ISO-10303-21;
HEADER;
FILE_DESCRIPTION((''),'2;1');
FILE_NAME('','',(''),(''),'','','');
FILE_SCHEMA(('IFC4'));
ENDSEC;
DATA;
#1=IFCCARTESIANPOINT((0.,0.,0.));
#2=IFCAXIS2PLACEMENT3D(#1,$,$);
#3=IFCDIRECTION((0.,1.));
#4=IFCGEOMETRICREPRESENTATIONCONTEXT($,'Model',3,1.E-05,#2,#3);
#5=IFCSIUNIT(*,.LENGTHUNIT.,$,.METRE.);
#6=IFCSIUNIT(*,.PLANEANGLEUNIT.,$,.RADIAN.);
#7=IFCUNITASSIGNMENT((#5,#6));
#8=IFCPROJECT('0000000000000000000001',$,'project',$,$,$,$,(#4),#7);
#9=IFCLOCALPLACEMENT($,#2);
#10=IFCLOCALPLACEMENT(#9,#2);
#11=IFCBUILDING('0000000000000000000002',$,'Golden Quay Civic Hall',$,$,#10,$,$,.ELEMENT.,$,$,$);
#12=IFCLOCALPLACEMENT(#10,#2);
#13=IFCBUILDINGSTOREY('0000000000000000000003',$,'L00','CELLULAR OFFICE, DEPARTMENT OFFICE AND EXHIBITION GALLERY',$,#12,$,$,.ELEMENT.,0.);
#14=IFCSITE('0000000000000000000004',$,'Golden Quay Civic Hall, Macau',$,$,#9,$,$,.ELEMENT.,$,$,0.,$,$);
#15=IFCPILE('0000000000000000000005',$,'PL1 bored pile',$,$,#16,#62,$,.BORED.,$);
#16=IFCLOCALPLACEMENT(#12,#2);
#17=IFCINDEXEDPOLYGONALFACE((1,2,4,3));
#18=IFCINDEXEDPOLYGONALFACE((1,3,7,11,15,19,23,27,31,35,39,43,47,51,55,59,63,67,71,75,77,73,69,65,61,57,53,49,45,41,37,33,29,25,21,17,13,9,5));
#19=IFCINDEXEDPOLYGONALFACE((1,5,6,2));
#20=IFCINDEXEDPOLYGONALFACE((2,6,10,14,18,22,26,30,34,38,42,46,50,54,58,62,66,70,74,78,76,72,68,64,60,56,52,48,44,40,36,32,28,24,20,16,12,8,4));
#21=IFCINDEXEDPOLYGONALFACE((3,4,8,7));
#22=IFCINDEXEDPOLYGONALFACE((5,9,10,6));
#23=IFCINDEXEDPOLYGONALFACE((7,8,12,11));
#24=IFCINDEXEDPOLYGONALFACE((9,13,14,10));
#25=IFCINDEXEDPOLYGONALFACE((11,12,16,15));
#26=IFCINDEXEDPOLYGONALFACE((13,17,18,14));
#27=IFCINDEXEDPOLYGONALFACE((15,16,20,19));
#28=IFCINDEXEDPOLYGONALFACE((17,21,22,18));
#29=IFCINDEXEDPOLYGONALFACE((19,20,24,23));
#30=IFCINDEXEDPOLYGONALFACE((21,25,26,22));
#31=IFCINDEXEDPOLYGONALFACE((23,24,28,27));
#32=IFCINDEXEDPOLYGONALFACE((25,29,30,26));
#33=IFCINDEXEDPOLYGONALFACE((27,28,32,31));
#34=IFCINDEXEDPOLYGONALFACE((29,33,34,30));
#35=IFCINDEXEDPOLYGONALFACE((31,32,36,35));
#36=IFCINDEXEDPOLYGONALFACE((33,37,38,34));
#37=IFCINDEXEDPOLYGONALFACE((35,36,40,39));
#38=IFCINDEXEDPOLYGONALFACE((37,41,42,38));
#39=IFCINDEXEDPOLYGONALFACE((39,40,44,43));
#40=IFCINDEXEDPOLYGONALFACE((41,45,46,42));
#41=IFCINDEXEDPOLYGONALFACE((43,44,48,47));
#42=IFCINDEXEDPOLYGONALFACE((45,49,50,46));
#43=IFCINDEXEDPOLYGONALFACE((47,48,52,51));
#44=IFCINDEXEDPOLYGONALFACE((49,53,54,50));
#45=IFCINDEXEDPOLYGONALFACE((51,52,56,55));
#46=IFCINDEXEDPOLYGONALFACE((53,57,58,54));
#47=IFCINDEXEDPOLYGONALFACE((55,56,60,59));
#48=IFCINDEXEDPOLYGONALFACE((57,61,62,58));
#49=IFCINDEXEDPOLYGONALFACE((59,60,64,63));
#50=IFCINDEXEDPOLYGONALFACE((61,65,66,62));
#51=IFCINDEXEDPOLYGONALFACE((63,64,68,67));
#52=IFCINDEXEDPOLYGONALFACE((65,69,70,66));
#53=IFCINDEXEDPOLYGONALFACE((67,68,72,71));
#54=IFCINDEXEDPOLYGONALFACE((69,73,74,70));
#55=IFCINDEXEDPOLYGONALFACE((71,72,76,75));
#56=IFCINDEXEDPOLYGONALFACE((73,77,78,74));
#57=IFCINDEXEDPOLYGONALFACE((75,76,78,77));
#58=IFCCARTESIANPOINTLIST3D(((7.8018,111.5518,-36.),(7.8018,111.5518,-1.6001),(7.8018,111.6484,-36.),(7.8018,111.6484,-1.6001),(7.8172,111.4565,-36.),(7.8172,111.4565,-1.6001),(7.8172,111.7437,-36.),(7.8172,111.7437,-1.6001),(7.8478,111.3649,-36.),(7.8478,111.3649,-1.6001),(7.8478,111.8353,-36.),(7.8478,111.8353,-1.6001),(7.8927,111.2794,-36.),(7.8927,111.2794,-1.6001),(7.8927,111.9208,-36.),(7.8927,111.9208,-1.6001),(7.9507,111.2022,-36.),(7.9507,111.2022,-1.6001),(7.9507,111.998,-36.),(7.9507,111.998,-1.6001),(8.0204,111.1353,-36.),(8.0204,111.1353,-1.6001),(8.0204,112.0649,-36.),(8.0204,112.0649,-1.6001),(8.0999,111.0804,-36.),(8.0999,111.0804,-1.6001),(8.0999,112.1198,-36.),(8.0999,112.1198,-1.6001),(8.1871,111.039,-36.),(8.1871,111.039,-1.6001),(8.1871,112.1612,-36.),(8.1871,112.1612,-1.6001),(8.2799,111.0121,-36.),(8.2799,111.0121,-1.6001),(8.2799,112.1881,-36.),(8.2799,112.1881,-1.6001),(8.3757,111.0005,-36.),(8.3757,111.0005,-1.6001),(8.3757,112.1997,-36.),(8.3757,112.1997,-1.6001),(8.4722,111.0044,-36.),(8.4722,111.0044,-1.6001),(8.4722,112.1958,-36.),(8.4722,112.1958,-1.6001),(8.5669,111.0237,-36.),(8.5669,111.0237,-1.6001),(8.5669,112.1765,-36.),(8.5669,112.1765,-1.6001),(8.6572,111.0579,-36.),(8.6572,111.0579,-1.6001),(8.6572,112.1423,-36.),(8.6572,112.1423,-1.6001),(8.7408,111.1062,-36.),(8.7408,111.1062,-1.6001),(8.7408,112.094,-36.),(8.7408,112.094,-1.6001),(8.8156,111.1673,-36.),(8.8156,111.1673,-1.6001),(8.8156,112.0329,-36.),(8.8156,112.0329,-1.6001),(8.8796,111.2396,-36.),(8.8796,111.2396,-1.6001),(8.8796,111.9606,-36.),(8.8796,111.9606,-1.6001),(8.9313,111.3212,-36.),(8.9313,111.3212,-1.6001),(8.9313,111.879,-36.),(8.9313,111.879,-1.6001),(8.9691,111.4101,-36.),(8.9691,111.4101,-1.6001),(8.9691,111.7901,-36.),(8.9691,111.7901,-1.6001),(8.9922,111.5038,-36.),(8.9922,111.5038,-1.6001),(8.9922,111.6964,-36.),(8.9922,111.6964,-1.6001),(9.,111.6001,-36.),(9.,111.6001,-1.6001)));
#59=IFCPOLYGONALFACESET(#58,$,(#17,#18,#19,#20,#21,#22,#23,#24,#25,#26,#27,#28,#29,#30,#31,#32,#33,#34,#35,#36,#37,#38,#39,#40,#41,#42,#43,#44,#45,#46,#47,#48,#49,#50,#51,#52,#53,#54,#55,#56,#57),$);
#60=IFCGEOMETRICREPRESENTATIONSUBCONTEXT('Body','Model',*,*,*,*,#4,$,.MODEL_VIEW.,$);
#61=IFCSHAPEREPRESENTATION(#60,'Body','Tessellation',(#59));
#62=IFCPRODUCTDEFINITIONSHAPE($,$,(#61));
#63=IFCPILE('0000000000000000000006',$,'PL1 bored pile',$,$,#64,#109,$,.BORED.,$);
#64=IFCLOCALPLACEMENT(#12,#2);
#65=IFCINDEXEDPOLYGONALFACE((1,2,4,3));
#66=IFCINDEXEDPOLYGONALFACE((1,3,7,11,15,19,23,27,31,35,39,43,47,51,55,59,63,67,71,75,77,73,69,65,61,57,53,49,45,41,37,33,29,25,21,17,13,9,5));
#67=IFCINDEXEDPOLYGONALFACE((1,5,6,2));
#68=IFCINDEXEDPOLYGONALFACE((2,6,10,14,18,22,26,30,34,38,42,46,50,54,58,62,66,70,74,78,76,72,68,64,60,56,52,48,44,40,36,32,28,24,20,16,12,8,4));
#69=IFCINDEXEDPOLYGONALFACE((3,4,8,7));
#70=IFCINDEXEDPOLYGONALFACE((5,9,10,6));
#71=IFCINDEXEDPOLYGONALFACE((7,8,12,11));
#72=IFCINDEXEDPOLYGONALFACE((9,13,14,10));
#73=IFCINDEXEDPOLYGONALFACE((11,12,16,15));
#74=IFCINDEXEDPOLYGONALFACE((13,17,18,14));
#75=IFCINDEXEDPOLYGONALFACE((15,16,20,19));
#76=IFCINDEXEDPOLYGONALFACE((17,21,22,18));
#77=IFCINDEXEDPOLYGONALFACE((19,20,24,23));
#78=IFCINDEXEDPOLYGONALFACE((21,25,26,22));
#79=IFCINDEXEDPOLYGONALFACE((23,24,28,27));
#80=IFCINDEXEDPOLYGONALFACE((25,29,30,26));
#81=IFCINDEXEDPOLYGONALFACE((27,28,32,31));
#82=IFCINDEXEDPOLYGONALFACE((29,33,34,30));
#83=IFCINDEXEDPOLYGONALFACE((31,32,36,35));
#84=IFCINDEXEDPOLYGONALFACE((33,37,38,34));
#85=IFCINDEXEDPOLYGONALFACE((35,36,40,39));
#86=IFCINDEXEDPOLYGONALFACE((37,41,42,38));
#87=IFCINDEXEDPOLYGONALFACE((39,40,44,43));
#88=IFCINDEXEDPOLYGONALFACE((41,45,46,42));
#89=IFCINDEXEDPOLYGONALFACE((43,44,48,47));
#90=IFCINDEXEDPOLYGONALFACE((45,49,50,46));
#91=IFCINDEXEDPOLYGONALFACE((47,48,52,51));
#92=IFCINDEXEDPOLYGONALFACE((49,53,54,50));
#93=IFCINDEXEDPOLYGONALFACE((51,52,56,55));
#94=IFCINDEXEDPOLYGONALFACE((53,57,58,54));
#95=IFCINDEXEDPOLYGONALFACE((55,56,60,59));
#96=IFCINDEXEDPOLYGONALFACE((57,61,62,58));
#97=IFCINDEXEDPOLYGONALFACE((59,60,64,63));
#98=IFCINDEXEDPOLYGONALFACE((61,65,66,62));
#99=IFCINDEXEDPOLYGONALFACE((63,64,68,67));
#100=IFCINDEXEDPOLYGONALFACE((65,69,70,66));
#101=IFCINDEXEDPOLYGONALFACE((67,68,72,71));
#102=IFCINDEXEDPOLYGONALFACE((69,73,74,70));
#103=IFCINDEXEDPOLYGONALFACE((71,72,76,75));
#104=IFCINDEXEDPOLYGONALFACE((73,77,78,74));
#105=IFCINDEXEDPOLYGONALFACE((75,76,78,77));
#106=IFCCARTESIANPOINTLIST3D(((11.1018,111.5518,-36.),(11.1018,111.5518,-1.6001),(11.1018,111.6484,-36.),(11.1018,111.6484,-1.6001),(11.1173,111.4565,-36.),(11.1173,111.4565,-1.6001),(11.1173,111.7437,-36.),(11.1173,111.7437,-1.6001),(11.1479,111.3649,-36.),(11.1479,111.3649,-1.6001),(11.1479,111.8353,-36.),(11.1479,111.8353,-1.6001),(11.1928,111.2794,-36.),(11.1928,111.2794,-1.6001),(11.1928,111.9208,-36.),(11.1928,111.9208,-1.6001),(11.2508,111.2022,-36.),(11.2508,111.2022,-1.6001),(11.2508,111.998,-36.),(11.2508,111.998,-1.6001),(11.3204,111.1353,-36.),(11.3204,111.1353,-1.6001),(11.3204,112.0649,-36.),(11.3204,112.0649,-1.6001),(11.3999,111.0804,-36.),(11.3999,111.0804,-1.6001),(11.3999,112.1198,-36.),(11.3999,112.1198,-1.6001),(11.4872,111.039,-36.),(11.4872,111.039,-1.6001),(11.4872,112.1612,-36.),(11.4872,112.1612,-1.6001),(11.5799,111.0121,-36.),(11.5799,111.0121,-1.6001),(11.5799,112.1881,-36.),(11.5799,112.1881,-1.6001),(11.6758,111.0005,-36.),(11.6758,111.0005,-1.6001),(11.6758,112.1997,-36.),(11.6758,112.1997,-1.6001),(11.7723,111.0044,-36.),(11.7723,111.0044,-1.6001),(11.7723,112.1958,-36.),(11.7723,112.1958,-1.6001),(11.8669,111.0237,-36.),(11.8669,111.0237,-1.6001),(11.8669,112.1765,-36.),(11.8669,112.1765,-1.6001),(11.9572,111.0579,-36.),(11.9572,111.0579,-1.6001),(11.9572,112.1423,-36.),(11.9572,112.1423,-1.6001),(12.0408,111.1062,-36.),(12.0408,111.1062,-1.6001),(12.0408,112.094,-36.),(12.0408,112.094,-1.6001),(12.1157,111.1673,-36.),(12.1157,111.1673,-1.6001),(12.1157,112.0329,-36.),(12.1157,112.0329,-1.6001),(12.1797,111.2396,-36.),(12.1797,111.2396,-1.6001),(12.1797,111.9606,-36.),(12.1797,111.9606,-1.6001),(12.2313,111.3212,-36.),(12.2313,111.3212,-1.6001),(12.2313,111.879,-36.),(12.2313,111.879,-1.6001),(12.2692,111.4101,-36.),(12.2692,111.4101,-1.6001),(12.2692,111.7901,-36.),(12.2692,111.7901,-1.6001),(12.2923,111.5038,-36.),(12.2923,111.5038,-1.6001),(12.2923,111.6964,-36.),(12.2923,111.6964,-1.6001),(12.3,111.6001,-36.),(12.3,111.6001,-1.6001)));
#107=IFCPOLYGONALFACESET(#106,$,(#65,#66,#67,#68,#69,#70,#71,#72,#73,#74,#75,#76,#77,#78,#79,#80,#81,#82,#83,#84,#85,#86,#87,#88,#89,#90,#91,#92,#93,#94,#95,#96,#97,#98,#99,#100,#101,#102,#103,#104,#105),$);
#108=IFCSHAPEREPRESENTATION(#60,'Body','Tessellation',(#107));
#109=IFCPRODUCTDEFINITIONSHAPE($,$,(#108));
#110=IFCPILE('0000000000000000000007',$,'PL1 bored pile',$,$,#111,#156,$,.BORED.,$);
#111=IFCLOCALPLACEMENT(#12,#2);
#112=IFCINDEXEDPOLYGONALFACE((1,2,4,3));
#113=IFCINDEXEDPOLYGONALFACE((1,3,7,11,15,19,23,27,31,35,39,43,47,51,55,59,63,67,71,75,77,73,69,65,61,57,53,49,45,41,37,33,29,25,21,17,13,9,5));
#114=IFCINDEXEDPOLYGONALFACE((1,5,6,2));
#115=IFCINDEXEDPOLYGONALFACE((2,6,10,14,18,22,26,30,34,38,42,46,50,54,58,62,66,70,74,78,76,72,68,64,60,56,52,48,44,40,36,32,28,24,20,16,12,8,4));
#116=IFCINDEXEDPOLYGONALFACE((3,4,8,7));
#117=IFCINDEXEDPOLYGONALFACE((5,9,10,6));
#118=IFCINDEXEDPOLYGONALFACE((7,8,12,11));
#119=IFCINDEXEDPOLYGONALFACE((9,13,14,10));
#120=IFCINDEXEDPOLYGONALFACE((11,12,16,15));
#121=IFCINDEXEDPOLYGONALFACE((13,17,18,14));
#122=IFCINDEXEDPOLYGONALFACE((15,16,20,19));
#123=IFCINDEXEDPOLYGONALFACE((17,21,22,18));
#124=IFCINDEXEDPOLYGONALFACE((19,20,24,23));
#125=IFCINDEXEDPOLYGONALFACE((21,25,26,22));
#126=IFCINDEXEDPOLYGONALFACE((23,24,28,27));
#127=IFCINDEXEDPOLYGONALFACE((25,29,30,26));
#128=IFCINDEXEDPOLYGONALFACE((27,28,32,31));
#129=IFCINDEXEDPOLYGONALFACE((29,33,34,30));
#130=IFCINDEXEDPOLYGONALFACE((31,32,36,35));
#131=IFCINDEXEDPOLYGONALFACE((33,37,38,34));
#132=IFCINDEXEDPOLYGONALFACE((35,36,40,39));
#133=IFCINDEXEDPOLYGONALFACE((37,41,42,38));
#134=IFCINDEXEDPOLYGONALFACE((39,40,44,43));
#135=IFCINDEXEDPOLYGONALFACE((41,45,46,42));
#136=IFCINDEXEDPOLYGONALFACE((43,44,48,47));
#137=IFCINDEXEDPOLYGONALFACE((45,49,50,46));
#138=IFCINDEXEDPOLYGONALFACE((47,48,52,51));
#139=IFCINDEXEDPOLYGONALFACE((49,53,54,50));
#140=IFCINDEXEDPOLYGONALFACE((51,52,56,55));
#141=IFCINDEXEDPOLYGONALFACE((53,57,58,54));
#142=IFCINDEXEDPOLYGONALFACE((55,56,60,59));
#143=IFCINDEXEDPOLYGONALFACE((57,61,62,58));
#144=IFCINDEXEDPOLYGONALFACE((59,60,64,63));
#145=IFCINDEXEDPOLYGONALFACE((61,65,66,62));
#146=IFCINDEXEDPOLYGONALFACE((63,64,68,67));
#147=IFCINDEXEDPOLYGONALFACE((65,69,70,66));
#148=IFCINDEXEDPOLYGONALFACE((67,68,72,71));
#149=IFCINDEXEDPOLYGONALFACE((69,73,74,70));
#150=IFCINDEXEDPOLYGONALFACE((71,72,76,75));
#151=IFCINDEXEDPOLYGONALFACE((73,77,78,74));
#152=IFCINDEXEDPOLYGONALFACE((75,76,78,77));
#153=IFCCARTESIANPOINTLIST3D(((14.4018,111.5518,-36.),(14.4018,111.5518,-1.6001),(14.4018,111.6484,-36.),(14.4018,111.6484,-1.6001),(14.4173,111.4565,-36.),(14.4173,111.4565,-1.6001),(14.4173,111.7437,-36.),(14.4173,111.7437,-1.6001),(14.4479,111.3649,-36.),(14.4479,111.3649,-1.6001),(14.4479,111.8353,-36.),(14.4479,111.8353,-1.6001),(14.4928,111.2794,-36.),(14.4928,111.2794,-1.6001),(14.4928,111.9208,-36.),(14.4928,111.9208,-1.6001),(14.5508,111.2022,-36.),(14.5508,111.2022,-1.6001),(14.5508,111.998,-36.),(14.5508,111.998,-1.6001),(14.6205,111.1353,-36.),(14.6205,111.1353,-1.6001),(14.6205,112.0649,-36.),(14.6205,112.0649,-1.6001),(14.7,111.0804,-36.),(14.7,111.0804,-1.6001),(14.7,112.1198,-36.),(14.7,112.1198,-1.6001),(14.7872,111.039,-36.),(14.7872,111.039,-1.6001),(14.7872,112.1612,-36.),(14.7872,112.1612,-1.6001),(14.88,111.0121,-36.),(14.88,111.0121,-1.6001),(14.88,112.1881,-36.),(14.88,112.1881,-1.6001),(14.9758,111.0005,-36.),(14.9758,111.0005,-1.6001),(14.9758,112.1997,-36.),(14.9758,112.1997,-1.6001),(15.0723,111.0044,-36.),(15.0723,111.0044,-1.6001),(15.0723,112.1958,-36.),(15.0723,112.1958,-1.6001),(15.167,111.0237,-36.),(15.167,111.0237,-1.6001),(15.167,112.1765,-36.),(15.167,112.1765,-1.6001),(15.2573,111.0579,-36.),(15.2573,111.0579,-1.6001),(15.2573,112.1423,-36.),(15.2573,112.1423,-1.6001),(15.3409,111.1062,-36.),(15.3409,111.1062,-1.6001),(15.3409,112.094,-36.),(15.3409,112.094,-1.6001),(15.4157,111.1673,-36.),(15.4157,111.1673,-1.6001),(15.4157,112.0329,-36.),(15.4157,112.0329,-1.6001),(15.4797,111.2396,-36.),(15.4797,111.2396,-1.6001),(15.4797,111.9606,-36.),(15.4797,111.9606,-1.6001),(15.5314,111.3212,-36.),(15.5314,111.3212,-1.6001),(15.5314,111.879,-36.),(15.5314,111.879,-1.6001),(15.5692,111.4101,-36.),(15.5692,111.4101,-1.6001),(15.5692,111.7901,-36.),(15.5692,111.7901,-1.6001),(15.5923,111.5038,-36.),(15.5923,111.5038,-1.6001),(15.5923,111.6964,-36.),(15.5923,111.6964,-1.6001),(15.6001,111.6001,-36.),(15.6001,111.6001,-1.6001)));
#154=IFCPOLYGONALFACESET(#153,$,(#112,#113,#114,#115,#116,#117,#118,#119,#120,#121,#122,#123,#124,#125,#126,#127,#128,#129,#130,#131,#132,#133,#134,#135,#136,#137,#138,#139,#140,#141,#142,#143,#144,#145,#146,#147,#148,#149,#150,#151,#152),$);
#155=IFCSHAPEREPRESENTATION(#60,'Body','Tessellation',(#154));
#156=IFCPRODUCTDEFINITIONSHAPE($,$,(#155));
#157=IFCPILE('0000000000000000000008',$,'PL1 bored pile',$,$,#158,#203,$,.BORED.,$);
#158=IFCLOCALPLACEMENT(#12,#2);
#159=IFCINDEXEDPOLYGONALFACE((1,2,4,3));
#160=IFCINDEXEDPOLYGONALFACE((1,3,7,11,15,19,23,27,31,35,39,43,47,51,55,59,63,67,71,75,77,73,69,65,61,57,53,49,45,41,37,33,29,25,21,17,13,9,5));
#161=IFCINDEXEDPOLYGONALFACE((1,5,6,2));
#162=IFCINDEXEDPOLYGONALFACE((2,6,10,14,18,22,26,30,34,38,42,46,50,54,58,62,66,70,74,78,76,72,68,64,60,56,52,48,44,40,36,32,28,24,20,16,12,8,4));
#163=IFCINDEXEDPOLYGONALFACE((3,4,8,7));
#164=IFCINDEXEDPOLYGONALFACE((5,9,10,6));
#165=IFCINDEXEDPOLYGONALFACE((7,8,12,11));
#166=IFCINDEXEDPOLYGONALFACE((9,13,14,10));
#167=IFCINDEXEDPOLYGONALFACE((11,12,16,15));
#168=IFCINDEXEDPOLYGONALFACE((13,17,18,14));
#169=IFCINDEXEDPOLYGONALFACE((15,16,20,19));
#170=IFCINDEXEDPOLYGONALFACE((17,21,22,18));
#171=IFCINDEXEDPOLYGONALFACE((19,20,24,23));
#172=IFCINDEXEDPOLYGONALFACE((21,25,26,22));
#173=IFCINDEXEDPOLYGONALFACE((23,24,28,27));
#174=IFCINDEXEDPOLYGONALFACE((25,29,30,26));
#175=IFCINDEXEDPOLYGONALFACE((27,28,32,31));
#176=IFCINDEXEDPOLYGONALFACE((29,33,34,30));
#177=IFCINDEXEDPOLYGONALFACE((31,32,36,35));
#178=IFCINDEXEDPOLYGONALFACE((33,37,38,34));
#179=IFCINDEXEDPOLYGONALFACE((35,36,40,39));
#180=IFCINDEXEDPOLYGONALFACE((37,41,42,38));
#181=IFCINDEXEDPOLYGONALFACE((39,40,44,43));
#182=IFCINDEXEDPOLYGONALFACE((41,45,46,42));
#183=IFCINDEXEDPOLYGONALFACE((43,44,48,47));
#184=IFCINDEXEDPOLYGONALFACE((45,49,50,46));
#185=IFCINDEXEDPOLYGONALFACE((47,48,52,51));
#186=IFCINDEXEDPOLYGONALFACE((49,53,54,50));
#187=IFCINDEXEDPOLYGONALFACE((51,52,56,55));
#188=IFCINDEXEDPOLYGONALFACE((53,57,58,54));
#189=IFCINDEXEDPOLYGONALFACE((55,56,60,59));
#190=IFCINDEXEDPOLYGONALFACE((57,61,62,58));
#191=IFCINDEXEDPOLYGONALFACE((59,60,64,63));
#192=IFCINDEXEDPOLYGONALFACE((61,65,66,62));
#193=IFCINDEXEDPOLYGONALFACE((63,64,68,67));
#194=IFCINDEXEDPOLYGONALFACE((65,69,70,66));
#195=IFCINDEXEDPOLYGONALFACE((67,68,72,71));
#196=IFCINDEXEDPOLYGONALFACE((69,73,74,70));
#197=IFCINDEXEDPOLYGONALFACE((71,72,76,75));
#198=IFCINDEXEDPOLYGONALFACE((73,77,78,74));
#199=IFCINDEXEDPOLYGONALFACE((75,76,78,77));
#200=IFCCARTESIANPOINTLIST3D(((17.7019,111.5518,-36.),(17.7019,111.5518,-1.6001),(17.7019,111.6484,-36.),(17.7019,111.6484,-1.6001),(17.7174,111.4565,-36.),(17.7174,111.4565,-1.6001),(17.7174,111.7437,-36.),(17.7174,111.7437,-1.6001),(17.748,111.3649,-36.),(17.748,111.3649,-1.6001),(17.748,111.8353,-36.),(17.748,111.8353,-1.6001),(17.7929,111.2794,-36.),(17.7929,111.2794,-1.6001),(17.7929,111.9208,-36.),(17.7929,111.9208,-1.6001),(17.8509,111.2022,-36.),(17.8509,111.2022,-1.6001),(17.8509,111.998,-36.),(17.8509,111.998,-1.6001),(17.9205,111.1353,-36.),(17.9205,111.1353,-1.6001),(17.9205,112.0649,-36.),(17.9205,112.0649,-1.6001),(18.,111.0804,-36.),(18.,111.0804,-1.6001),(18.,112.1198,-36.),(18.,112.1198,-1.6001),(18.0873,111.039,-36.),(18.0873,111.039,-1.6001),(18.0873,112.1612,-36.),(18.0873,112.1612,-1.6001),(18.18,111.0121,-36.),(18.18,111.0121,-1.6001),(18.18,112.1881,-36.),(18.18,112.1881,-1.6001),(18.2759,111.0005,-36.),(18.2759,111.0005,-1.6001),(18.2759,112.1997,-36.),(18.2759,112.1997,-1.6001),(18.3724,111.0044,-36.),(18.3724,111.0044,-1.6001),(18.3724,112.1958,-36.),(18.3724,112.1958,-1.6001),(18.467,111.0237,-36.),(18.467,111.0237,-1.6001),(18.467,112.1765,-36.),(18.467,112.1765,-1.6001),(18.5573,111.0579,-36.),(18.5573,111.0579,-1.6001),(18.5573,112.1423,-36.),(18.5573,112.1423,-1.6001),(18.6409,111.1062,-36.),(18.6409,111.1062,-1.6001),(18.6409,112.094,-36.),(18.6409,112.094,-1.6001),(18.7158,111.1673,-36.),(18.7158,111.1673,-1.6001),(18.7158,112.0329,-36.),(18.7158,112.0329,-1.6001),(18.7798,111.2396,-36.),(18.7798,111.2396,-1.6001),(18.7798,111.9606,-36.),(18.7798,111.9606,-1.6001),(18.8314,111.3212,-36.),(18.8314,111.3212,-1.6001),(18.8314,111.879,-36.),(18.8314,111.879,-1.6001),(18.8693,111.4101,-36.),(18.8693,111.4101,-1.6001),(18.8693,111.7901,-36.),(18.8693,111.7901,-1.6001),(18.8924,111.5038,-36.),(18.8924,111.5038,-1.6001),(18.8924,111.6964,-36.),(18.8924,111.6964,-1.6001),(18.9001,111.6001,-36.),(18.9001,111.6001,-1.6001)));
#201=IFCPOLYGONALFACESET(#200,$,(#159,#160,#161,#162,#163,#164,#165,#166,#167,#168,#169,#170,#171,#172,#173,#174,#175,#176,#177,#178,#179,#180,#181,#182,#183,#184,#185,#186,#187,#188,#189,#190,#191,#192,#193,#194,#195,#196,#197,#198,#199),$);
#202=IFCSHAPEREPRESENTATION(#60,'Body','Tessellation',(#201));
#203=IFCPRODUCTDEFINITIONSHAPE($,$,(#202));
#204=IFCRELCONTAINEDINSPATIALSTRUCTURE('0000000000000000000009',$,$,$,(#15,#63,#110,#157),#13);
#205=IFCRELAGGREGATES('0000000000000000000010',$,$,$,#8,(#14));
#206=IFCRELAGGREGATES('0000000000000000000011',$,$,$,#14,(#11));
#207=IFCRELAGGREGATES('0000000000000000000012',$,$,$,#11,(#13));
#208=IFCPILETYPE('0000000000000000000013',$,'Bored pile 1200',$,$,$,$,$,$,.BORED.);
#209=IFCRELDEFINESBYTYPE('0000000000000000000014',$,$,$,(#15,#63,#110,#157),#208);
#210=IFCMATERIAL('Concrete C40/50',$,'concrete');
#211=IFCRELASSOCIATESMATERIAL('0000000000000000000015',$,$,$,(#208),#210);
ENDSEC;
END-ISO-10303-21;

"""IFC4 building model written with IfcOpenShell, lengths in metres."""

from ifc_helpers import new_model, si_unit, direction, frame, origin, origin_2d, place, context, subcontext, project, spatial, circle, extrude, material, material_profile, profile_set, type_object, element, save


model = new_model("IFC4")

# Units and contexts
model_context = context("Model", 3, precision=1e-05, world=origin(), true_north=direction((0.0, 1.0)))
body_context = subcontext(model_context, "Body", "Model", "MODEL_VIEW")
ifc_project = project(units=[si_unit("LENGTHUNIT", "METRE"), si_unit("PLANEANGLEUNIT", "RADIAN")], contexts=[model_context])

# Site, building, storey
site_placement = place(None, origin())
site = spatial("IfcSite", under=ifc_project, at=site_placement, Name="Golden Quay Civic Hall, Macau", CompositionType="ELEMENT", RefElevation=0.0)
building_placement = place(site_placement, origin())
building = spatial("IfcBuilding", under=site, at=building_placement, Name="Golden Quay Civic Hall", CompositionType="ELEMENT")
storey_placement = place(building_placement, origin())
storey = spatial("IfcBuildingStorey", under=building, at=storey_placement, Name="L00", Description="CELLULAR OFFICE, DEPARTMENT OFFICE AND EXHIBITION GALLERY", CompositionType="ELEMENT", Elevation=0.0)

# Piles
ifc_material_1 = material(Name="Concrete C40/50", Category="concrete")
ifc_material_profile_1 = material_profile(ifc_material_1, circle(Radius=0.6001, at=origin_2d()), Name="RC D1200")
ifc_profile_set_1 = profile_set([ifc_material_profile_1], Name="Concrete C40/50")
pile_type = type_object("IfcPileType", Name="Bored pile 1200", PredefinedType="BORED", material=ifc_profile_set_1)
for number, where, z_axis, x_axis, name in (
    (1, (8.3999, 111.6001, -1.6001), (0.0, 0.0, -1.0), (1.0, 0.0, 0.0), "PL1 bored pile"),
    (2, (11.7, 111.6001, -1.6001), (0.0, 0.0, -1.0), (1.0, 0.0, 0.0), "PL1 bored pile"),
    (3, (15.0, 111.6001, -1.6001), (0.0, 0.0, -1.0), (1.0, 0.0, 0.0), "PL1 bored pile"),
    (4, (18.3, 111.6001, -1.6001), (0.0, 0.0, -1.0), (1.0, 0.0, 0.0), "PL1 bored pile"),
):
    element("IfcPile", number, at=place(storey_placement, frame(where, z_axis=z_axis, x_axis=x_axis)), inside=storey, type_object=pile_type, Name=name, PredefinedType="BORED", context=body_context, shape_type="SweptSolid", body=[
        extrude(circle(Radius=0.6001, at=origin_2d()), origin(), (0.0, 0.0, 1.0), 34.3999),
    ])

save(model, "model.ifc")
